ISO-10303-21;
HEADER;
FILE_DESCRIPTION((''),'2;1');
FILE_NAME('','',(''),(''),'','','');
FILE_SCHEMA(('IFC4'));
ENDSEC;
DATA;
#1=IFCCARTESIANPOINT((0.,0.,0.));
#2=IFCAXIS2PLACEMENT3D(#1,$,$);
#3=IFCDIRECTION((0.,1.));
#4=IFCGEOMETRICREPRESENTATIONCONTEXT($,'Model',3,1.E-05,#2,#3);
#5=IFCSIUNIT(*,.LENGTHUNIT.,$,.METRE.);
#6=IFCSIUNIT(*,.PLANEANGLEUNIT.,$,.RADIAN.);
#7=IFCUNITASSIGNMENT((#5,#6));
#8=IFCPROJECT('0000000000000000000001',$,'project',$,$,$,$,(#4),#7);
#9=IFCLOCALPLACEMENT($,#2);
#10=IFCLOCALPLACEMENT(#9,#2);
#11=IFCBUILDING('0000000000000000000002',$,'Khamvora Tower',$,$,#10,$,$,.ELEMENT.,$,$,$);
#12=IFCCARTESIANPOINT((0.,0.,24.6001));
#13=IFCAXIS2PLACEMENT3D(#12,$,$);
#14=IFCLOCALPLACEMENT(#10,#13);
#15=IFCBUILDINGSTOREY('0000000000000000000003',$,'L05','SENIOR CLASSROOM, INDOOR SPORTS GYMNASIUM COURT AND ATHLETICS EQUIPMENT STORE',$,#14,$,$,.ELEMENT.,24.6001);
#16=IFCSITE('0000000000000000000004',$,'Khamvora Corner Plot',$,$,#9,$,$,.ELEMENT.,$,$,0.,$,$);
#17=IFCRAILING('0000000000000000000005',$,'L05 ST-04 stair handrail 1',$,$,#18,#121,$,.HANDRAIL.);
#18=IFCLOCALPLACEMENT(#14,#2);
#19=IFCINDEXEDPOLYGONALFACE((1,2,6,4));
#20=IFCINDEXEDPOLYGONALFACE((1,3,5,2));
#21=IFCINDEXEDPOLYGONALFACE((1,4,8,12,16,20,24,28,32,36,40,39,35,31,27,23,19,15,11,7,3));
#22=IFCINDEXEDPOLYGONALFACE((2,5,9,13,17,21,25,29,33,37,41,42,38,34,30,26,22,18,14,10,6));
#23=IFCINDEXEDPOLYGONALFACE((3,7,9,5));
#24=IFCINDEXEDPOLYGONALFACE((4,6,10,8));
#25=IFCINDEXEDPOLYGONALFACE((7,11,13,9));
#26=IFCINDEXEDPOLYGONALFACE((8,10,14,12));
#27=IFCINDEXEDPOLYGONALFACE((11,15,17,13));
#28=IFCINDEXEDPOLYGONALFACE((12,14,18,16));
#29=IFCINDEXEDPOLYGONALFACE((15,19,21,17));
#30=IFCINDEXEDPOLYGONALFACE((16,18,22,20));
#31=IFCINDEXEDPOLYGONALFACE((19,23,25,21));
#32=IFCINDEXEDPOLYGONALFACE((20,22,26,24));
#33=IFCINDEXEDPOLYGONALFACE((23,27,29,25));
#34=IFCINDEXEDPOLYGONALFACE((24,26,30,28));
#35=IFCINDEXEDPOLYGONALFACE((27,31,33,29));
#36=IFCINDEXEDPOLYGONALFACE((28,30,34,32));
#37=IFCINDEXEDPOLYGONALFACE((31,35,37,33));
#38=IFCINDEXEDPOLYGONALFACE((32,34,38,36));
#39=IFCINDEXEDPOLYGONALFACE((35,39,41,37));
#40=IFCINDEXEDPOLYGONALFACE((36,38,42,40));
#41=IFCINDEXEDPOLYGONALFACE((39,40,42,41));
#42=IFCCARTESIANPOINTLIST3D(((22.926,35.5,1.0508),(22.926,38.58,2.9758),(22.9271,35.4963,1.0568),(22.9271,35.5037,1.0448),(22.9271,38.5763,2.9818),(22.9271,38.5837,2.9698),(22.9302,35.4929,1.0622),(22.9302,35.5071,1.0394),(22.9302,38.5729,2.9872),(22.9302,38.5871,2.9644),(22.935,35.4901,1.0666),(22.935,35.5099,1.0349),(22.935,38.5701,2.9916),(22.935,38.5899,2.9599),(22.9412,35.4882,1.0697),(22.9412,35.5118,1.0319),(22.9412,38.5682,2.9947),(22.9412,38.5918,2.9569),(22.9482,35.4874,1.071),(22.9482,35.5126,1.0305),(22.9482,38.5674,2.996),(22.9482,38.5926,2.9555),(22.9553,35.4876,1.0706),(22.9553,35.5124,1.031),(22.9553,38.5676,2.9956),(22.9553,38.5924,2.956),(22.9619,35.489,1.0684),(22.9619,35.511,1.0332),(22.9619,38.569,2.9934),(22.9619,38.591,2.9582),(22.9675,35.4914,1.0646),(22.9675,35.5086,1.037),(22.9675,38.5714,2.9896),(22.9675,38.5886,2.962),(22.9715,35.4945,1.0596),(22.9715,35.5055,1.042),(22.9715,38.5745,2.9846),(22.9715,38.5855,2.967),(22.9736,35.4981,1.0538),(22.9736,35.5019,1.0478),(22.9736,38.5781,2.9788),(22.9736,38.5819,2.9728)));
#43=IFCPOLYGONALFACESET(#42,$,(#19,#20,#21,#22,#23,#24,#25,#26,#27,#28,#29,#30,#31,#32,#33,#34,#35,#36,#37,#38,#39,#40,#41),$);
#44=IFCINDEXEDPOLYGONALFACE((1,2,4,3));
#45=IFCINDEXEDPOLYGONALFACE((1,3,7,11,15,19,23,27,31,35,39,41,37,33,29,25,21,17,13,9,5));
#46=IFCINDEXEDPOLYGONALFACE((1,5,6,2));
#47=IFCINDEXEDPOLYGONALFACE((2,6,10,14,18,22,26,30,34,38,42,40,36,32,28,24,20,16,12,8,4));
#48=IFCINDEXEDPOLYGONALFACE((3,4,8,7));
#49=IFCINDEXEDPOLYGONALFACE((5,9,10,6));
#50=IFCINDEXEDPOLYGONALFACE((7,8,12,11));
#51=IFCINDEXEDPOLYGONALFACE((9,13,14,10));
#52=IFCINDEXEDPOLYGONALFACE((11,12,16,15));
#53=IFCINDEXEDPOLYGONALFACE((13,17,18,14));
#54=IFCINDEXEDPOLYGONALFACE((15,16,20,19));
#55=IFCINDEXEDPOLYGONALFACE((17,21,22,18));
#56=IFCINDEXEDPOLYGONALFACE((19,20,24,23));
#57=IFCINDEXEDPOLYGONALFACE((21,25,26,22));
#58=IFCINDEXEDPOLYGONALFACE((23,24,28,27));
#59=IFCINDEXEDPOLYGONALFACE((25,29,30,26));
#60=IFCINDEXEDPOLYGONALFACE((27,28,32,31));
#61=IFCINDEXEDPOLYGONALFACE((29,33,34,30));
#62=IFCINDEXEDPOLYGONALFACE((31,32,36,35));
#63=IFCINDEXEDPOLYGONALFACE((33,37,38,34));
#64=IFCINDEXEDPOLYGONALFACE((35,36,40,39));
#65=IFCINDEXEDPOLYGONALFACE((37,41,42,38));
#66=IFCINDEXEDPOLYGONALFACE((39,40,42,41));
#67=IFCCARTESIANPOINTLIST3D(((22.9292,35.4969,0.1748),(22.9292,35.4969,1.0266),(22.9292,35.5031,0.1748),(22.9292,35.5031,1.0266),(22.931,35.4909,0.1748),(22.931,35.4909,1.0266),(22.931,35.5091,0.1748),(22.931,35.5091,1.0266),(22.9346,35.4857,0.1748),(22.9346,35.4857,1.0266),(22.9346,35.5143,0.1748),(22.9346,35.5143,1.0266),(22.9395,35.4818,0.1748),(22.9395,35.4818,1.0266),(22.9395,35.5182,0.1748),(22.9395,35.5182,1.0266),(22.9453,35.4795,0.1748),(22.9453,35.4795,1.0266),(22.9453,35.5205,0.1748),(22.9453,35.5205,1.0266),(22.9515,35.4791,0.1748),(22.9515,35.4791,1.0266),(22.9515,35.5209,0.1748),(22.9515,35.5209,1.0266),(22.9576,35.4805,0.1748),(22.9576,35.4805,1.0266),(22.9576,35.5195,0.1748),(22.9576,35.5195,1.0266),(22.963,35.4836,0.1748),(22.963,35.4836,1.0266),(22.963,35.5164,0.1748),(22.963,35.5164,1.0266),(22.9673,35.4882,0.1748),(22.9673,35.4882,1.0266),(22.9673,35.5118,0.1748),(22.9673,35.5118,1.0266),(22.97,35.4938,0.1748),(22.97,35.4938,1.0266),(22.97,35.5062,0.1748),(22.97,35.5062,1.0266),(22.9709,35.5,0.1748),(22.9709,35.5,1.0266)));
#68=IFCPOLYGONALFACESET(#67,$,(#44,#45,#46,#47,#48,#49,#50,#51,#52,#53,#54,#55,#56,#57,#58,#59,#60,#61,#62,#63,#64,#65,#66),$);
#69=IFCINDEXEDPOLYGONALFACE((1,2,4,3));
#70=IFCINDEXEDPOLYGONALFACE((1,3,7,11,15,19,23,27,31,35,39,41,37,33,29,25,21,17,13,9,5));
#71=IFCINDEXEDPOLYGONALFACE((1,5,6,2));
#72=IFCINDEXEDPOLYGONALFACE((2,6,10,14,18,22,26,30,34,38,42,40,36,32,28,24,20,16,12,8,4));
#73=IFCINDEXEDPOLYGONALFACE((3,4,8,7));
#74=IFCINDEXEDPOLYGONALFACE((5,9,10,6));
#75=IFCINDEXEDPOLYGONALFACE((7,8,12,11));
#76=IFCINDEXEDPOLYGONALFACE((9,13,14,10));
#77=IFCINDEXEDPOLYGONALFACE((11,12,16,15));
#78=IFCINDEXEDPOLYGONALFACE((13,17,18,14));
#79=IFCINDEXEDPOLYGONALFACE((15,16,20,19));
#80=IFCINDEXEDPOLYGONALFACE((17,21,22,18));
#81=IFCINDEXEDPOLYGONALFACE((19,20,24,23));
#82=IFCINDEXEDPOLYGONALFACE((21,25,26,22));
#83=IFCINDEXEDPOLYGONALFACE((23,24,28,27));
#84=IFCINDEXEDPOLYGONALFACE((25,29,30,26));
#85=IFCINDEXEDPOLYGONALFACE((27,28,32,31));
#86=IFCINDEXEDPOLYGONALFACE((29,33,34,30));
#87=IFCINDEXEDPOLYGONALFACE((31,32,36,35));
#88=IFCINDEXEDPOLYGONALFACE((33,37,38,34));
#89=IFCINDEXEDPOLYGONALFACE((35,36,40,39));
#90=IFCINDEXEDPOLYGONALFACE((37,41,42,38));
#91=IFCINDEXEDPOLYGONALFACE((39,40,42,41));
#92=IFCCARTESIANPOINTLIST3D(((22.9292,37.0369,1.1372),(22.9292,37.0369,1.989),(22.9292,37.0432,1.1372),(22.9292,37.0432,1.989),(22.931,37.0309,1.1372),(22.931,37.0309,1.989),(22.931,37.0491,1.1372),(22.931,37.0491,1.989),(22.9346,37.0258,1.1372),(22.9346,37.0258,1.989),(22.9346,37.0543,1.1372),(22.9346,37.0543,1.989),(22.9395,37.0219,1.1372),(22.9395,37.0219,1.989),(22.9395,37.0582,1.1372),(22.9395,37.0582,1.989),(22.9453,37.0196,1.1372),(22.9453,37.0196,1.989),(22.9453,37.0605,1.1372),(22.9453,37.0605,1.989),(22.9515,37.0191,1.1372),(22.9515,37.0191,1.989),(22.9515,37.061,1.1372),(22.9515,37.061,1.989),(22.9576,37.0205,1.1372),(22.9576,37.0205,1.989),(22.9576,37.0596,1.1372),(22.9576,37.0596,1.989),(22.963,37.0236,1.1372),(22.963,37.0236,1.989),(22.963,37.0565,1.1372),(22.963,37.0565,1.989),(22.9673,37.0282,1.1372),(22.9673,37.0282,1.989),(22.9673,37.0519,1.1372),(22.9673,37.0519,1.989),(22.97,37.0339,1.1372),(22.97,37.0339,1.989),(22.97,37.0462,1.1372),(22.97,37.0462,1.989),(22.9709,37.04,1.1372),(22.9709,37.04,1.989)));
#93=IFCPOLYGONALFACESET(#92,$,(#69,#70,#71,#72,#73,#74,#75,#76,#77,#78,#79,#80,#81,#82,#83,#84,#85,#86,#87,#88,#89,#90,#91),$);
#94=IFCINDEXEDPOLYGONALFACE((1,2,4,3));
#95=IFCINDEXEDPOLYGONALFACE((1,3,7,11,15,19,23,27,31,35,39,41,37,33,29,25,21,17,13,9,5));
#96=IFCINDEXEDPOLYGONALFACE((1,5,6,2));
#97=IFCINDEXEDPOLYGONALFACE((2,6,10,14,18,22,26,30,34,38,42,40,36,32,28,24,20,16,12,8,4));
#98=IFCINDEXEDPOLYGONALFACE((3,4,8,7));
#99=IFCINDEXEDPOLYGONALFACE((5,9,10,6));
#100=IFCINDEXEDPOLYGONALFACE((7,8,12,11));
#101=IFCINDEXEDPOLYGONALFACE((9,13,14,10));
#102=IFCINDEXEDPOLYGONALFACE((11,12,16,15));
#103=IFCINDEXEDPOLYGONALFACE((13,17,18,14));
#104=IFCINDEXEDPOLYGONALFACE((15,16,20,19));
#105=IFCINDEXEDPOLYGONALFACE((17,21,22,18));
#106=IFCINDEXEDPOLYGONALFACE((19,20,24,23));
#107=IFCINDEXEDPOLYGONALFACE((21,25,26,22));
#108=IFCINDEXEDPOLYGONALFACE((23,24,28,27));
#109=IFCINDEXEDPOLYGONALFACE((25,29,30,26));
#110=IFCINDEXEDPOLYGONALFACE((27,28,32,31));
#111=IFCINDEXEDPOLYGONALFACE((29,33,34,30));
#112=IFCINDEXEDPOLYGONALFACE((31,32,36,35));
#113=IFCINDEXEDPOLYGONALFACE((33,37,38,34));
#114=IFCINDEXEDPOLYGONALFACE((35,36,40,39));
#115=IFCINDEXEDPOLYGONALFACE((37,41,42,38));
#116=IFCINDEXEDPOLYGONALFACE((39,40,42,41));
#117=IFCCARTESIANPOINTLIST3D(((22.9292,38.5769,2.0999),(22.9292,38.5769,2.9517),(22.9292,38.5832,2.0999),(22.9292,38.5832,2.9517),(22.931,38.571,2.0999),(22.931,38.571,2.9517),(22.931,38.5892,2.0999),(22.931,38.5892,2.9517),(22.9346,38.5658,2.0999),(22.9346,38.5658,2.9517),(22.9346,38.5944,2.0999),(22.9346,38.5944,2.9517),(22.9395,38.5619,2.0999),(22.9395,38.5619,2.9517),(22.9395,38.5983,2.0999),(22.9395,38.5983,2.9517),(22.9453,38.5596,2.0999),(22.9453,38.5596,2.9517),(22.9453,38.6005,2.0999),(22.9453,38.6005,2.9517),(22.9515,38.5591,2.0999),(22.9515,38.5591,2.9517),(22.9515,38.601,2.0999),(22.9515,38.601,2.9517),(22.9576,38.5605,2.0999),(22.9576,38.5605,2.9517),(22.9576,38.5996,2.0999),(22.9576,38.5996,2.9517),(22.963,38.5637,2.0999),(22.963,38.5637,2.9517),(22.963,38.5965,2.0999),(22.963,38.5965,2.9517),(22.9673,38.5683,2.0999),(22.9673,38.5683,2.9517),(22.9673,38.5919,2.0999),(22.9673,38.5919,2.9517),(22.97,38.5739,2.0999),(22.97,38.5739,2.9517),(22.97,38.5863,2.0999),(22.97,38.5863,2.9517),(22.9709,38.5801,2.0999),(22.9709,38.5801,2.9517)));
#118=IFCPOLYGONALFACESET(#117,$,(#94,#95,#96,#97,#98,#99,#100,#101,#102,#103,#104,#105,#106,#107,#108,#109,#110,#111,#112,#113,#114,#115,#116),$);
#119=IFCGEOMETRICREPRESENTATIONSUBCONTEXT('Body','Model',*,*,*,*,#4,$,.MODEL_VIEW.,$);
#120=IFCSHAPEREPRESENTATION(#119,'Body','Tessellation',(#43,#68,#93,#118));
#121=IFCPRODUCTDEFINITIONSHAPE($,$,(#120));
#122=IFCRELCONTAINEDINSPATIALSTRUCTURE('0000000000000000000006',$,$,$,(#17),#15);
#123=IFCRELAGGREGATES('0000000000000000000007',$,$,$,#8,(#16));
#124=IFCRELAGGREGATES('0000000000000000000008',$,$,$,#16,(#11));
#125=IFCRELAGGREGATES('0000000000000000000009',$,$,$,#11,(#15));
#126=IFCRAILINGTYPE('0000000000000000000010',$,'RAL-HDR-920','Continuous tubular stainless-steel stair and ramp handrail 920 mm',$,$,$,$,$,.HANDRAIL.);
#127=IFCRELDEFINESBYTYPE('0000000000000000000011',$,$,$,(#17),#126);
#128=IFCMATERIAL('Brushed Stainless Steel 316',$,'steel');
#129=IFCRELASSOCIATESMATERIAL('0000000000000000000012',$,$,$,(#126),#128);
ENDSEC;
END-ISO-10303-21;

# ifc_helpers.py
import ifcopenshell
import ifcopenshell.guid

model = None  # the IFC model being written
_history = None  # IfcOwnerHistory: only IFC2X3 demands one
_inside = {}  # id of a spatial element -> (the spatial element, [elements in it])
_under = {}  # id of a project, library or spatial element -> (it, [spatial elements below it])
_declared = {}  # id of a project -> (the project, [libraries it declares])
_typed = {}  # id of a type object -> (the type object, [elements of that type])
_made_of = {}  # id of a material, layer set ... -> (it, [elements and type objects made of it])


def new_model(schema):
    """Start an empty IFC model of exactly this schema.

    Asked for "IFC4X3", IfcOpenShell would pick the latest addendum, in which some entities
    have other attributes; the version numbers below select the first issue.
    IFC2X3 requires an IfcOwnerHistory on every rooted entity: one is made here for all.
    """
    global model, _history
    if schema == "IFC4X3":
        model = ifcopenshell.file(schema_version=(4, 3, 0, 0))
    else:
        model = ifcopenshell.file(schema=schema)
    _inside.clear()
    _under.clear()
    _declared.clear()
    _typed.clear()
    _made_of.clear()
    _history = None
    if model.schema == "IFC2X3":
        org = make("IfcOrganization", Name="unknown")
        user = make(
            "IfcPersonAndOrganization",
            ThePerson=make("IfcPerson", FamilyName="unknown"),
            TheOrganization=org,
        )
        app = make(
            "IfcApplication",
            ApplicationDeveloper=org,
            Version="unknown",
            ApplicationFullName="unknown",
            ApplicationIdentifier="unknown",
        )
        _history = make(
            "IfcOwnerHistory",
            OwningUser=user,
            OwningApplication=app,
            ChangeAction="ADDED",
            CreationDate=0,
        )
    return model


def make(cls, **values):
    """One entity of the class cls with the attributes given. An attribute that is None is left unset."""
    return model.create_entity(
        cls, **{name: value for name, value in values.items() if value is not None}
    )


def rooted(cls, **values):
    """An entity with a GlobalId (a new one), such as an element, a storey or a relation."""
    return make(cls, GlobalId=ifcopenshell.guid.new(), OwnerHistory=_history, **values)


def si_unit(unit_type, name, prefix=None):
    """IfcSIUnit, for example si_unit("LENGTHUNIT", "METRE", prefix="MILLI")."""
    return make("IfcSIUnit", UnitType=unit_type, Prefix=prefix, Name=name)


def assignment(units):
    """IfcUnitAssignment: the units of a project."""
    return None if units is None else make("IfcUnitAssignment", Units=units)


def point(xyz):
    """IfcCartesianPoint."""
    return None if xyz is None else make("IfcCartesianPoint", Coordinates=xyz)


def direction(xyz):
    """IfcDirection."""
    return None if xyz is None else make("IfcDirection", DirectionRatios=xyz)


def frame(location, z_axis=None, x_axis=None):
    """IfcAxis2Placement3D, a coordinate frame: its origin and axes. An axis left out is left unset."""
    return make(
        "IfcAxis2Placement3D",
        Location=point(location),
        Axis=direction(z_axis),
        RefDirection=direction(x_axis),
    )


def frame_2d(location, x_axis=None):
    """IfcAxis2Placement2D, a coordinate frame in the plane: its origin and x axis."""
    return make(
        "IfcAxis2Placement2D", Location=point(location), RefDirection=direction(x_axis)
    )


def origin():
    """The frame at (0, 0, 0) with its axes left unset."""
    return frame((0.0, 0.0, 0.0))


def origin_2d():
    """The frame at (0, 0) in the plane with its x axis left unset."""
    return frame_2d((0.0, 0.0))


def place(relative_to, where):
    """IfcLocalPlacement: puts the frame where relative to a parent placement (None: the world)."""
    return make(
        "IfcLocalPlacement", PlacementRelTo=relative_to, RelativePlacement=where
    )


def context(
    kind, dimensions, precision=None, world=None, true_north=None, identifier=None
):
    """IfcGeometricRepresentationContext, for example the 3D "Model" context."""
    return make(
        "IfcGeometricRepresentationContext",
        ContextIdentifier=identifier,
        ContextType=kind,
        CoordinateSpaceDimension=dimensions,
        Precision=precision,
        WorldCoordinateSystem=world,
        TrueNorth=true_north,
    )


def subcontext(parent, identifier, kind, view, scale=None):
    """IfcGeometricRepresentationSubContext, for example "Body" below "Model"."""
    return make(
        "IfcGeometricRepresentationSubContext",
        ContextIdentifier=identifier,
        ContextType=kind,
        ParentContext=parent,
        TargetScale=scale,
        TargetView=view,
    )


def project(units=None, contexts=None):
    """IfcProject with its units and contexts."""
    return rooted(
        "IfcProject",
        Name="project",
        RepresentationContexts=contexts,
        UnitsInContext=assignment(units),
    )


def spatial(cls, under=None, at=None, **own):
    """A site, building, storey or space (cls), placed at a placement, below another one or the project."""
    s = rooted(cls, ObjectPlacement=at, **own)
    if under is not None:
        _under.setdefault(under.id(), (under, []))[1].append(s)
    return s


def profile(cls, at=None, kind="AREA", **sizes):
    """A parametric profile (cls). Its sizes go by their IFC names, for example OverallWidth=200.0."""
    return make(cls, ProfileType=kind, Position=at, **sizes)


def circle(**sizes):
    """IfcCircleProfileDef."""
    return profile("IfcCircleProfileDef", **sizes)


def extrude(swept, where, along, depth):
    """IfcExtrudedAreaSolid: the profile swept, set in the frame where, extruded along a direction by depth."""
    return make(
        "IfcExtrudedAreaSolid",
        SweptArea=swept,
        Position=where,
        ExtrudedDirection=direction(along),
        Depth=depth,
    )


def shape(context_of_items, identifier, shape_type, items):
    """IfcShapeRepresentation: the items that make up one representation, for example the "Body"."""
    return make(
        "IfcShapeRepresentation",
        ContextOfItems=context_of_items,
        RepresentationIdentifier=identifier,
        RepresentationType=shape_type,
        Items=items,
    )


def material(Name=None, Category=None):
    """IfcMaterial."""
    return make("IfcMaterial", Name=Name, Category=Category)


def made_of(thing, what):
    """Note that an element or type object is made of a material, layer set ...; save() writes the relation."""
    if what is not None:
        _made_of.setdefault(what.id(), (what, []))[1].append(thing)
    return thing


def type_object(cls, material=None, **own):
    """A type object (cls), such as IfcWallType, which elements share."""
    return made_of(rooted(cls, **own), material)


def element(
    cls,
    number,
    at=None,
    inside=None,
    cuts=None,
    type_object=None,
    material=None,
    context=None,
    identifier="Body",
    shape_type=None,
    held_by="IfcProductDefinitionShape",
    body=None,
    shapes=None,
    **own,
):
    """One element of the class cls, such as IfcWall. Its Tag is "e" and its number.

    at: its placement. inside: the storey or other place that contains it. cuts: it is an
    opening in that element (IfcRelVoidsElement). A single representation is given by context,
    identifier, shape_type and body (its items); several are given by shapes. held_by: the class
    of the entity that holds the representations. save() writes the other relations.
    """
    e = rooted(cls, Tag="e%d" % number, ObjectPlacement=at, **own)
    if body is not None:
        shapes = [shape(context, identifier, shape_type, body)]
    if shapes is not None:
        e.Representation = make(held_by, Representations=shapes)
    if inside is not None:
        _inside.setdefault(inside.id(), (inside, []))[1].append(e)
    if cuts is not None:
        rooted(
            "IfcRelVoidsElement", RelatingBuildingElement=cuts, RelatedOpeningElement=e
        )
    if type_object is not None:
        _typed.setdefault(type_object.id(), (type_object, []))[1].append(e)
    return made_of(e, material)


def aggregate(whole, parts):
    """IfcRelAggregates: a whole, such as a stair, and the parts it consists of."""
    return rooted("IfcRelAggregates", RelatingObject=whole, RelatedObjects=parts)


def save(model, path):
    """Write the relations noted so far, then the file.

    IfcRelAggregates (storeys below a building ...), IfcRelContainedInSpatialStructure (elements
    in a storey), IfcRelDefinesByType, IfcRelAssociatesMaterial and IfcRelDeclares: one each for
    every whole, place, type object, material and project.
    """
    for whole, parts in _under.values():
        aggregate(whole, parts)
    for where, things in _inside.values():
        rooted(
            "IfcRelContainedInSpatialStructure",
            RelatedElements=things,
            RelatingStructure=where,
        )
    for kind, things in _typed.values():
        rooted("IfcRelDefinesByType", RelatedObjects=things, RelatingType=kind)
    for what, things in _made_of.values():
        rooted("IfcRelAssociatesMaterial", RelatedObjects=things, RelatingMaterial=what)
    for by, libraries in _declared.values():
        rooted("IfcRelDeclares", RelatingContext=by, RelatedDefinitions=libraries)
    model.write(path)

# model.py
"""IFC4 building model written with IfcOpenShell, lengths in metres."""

from ifc_helpers import new_model, si_unit, direction, frame, origin, origin_2d, place, context, subcontext, project, spatial, circle, extrude, material, type_object, element, save


model = new_model("IFC4")

# Units and contexts
model_context = context("Model", 3, precision=1e-05, world=origin(), true_north=direction((0.0, 1.0)))
body_context = subcontext(model_context, "Body", "Model", "MODEL_VIEW")
ifc_project = project(units=[si_unit("LENGTHUNIT", "METRE"), si_unit("PLANEANGLEUNIT", "RADIAN")], contexts=[model_context])

# Site, building, storey
site_placement = place(None, origin())
site = spatial("IfcSite", under=ifc_project, at=site_placement, Name="Khamvora Corner Plot", CompositionType="ELEMENT", RefElevation=0.0)
building_placement = place(site_placement, origin())
building = spatial("IfcBuilding", under=site, at=building_placement, Name="Khamvora Tower", CompositionType="ELEMENT")
storey_placement = place(building_placement, frame((0.0, 0.0, 24.6001)))
storey = spatial("IfcBuildingStorey", under=building, at=storey_placement, Name="L05", Description="SENIOR CLASSROOM, INDOOR SPORTS GYMNASIUM COURT AND ATHLETICS EQUIPMENT STORE", CompositionType="ELEMENT", Elevation=24.6001)

# Railing
ifc_material_1 = material(Name="Brushed Stainless Steel 316", Category="steel")
railing_type_1 = type_object("IfcRailingType", Name="RAL-HDR-920", Description="Continuous tubular stainless-steel stair and ramp handrail 920 mm", PredefinedType="HANDRAIL", material=ifc_material_1)
railing_1_placement = place(storey_placement, frame((22.95, 35.5, 0.1748)))
element("IfcRailing", 1, at=railing_1_placement, inside=storey, type_object=railing_type_1, Name="L05 ST-04 stair handrail 1", PredefinedType="HANDRAIL", context=body_context, shape_type="SweptSolid", body=[
    extrude(circle(Radius=0.0239, at=origin_2d()), frame((0.0, 0.0, 0.876), z_axis=(0.0, 0.847998, 0.529999), x_axis=(-1.0, 0.0, 0.0)), (0.0, 0.0, 1.0), 3.6321),
    extrude(circle(Radius=0.021, at=origin_2d()), origin(), (0.0, 0.0, 1.0), 0.8518),
    extrude(circle(Radius=0.021, at=origin_2d()), frame((0.0, 1.54, 0.9624)), (0.0, 0.0, 1.0), 0.8518),
    extrude(circle(Radius=0.021, at=origin_2d()), frame((0.0, 3.0801, 1.925)), (0.0, 0.0, 1.0), 0.8518),
])

save(model, "model.ifc")
